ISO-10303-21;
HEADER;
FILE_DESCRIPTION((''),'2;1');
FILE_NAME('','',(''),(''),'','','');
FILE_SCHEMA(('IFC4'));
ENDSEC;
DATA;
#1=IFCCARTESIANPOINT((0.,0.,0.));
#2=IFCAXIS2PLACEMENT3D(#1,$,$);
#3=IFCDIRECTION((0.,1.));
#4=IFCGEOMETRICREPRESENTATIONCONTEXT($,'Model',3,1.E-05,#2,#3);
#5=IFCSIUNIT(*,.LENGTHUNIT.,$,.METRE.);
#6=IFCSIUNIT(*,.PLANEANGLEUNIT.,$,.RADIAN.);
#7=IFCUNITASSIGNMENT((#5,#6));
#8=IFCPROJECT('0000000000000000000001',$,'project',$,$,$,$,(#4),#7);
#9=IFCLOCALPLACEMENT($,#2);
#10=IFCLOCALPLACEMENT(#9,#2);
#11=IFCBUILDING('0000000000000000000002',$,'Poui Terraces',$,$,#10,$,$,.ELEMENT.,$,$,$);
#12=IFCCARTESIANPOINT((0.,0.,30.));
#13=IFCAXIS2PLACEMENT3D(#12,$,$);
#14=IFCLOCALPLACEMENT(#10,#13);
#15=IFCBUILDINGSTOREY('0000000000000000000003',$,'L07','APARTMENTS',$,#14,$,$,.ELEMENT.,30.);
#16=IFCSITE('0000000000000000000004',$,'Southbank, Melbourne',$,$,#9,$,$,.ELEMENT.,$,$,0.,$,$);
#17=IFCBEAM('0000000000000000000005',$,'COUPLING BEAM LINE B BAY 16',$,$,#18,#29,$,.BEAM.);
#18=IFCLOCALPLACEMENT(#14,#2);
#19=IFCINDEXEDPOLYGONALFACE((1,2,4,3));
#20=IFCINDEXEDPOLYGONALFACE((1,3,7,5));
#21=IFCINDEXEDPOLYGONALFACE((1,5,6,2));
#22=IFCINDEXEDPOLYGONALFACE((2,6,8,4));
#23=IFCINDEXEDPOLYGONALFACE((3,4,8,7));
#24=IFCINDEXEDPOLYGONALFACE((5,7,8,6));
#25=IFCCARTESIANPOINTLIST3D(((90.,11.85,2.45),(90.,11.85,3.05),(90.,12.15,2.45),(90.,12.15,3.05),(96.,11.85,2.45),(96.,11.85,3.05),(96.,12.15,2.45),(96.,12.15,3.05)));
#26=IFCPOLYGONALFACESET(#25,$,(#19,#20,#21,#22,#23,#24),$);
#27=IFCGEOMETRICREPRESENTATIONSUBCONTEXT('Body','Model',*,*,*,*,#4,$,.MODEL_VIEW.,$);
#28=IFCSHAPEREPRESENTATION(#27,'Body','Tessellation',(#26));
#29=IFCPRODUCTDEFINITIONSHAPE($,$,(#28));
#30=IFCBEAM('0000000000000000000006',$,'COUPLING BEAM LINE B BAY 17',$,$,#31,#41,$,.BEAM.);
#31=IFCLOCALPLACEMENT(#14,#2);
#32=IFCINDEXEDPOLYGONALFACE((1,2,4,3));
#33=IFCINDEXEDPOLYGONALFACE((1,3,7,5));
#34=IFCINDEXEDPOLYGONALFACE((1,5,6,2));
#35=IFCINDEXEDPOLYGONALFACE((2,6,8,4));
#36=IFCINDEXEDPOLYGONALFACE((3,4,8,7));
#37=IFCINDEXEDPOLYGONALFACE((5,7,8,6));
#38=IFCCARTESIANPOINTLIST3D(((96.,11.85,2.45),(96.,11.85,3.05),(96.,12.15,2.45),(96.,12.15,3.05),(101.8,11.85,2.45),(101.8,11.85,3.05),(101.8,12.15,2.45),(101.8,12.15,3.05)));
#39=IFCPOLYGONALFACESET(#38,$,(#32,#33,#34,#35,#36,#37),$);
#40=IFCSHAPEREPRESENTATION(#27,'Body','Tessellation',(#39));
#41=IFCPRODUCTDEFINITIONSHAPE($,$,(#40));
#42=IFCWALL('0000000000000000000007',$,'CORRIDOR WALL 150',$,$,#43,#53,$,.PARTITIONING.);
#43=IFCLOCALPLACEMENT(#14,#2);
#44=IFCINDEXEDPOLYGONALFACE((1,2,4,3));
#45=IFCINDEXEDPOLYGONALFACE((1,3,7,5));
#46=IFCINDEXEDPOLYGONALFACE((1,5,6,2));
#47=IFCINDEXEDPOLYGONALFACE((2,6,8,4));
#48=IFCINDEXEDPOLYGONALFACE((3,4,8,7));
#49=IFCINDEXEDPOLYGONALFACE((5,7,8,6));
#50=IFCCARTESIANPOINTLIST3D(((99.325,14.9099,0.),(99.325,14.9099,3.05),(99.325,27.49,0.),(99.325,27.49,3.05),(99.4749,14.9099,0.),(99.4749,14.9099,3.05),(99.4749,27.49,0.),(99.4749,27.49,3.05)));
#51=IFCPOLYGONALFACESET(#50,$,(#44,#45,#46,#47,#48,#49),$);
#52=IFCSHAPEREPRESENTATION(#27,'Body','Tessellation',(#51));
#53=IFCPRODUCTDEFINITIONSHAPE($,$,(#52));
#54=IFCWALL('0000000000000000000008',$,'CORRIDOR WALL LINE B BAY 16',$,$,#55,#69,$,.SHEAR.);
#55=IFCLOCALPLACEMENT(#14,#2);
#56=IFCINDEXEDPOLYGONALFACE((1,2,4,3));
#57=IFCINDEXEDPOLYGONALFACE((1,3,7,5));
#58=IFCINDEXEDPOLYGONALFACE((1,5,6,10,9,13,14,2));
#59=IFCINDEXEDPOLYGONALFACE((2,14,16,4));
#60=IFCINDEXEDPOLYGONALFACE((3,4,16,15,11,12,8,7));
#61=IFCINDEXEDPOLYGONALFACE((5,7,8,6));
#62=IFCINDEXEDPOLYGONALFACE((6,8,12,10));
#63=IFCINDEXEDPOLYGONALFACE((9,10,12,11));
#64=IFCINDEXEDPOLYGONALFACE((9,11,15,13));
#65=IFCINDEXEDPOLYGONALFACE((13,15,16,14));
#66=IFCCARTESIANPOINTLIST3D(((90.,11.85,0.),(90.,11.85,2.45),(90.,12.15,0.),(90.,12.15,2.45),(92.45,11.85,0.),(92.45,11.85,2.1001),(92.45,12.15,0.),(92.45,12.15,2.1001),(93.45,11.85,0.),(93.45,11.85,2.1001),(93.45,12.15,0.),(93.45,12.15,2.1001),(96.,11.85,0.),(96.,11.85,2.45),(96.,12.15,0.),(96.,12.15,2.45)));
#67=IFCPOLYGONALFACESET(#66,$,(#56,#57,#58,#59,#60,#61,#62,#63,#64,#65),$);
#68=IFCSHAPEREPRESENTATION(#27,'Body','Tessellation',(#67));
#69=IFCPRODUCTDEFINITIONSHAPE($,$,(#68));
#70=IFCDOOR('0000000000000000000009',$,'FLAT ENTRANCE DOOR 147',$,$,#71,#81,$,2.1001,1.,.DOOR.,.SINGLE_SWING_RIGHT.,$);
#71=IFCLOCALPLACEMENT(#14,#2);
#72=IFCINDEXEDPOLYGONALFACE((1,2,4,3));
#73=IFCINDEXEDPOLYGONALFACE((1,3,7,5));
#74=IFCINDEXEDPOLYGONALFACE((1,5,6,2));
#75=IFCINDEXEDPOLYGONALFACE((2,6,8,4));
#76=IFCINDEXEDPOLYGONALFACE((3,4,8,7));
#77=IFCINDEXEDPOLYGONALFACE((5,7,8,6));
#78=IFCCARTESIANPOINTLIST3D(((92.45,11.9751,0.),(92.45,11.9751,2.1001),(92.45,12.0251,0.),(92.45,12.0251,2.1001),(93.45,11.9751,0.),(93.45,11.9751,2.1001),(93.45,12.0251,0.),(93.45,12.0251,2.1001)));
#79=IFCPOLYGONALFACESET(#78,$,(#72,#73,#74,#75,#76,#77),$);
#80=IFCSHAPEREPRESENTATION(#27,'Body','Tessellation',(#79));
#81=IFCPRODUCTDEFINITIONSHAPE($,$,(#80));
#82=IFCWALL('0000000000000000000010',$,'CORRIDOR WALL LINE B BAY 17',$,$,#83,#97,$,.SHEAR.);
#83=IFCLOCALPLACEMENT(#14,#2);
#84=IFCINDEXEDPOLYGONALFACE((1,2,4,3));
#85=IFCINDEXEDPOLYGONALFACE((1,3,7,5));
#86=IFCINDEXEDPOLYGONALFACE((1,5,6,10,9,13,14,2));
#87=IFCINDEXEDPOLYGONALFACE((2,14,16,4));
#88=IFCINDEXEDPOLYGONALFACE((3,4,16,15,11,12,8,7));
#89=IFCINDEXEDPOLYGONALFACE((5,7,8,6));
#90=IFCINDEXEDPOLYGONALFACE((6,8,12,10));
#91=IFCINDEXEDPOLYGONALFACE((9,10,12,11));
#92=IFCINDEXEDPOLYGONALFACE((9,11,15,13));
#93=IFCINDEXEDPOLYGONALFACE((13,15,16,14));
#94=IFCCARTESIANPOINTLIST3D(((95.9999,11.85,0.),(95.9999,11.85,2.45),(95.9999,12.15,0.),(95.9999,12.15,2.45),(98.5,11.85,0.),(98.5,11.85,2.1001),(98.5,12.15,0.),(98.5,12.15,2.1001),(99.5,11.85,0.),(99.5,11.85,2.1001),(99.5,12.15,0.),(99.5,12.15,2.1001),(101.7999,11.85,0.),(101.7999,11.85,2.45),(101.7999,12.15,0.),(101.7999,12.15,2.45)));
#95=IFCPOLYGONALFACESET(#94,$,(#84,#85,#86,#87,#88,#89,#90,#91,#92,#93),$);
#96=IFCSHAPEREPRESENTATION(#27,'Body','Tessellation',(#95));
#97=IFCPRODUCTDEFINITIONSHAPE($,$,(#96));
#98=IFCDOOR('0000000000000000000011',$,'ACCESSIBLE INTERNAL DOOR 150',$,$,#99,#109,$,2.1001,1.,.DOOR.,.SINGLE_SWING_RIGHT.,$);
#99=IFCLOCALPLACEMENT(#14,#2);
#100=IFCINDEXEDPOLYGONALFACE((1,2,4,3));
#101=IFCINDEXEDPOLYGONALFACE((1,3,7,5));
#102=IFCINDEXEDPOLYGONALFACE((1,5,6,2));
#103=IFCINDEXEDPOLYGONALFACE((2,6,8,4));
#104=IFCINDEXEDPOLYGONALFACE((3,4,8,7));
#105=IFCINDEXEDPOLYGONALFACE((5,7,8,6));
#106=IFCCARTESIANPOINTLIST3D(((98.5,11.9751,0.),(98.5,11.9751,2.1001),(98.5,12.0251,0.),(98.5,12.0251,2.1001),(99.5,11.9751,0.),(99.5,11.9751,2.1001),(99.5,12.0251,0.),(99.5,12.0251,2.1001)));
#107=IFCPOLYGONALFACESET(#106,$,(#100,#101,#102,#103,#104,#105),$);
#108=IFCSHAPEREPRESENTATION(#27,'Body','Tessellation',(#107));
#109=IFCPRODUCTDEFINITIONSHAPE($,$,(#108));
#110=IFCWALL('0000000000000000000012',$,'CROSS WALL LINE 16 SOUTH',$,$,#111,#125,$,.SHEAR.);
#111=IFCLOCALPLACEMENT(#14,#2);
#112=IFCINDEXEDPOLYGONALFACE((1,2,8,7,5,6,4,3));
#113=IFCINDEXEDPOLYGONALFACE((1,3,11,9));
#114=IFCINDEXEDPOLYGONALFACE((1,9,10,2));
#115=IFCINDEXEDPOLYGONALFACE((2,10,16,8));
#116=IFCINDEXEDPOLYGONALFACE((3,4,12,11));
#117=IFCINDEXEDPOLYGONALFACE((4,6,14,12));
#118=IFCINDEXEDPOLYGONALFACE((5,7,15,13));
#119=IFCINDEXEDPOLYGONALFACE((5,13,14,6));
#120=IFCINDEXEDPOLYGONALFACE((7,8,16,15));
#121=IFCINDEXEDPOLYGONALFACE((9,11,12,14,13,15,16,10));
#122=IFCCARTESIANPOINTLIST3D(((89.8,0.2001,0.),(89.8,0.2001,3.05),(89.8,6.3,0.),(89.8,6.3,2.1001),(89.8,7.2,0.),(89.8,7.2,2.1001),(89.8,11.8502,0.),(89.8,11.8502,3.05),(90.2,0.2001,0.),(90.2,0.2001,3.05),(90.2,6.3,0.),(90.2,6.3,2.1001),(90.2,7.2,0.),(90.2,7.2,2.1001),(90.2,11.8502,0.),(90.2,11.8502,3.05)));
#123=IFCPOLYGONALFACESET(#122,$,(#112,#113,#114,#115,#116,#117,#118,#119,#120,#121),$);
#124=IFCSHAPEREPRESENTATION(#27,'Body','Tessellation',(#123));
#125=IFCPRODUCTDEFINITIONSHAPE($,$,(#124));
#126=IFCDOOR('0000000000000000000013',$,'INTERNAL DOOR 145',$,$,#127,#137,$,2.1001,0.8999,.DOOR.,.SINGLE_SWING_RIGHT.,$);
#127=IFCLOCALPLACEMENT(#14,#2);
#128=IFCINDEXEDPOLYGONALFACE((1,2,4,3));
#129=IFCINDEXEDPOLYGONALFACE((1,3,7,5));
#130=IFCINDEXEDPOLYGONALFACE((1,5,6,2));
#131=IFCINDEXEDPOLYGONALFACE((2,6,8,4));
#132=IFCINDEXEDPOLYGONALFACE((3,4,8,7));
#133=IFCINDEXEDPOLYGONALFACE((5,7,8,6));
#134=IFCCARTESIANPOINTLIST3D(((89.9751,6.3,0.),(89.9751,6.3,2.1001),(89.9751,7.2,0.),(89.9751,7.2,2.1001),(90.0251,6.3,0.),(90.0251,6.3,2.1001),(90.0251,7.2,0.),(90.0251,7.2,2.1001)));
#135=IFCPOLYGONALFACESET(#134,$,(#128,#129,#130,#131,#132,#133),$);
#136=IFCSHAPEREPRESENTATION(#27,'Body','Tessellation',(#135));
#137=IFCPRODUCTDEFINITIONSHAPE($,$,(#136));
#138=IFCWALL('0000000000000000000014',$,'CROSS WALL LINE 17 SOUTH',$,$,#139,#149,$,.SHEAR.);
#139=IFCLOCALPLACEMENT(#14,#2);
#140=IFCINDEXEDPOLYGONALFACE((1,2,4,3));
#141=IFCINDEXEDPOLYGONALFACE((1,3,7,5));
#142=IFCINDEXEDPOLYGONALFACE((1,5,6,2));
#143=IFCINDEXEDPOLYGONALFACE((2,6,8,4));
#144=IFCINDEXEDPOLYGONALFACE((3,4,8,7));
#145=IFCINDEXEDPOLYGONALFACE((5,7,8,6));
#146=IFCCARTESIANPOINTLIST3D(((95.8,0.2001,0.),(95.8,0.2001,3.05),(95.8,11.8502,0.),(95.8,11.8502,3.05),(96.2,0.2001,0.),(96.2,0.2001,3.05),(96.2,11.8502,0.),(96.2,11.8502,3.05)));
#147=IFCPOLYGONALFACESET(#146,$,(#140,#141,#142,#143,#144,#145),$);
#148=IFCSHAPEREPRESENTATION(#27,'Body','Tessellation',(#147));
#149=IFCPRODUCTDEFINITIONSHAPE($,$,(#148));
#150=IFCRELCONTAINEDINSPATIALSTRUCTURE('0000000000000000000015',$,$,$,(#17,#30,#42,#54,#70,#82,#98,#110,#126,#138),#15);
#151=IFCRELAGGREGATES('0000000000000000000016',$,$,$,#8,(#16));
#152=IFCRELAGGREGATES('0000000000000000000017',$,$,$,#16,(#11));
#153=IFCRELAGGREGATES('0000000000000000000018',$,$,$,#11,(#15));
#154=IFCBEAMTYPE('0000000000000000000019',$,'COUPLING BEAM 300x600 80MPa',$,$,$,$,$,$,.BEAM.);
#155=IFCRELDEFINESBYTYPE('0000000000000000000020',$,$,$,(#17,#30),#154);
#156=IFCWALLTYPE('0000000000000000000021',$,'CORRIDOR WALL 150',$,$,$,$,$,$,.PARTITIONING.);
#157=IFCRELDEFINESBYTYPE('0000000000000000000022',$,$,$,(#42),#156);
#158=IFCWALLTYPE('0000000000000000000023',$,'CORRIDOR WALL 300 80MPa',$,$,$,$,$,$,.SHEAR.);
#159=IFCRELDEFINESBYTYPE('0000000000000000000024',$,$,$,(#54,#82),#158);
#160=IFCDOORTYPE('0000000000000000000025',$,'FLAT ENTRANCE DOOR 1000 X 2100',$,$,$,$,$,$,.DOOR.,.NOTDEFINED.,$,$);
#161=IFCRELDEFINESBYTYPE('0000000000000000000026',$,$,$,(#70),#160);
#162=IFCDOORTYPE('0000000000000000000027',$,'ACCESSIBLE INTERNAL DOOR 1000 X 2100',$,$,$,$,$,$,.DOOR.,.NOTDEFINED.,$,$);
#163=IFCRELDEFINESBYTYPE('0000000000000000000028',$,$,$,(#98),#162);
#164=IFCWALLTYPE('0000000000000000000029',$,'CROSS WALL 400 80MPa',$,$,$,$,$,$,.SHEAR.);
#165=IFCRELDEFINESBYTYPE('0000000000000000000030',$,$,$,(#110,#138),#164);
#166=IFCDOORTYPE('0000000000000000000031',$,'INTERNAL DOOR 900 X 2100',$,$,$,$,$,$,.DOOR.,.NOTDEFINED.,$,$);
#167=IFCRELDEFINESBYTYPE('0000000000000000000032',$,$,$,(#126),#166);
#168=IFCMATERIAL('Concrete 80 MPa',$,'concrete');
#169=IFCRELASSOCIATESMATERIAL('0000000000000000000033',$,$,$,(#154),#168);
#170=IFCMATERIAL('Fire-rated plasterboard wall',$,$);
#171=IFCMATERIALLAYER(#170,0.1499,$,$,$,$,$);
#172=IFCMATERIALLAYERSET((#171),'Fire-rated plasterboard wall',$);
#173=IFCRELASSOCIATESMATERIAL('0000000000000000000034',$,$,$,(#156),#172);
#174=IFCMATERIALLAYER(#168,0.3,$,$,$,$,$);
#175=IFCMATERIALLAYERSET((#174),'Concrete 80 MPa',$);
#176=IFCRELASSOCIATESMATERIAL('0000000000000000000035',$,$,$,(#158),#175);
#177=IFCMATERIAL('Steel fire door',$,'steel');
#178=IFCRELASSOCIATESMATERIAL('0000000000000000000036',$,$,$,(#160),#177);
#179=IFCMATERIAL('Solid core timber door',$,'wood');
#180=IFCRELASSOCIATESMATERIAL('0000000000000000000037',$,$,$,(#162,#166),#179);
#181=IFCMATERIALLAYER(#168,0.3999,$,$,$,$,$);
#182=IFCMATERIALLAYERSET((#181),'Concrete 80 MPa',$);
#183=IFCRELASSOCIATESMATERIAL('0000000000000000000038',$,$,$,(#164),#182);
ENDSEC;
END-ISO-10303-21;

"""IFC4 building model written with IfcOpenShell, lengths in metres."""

from ifc_helpers import new_model, si_unit, direction, frame, frame_2d, origin, origin_2d, place, context, subcontext, project, spatial, rectangle, extrude, source, transform, mapped, material, layer, layer_set, material_profile, profile_set, type_object, element, fill, save


model = new_model("IFC4")

# Units and contexts
model_context = context("Model", 3, precision=1e-05, world=origin(), true_north=direction((0.0, 1.0)))
body_context = subcontext(model_context, "Body", "Model", "MODEL_VIEW")
ifc_project = project(units=[si_unit("LENGTHUNIT", "METRE"), si_unit("PLANEANGLEUNIT", "RADIAN")], contexts=[model_context])

# Site, building, storey
site_placement = place(None, origin())
site = spatial("IfcSite", under=ifc_project, at=site_placement, Name="Southbank, Melbourne", CompositionType="ELEMENT", RefElevation=0.0)
building_placement = place(site_placement, origin())
building = spatial("IfcBuilding", under=site, at=building_placement, Name="Poui Terraces", CompositionType="ELEMENT")
storey_placement = place(building_placement, frame((0.0, 0.0, 30.0)))
storey = spatial("IfcBuildingStorey", under=building, at=storey_placement, Name="L07", Description="APARTMENTS", CompositionType="ELEMENT", Elevation=30.0)

# Beams
ifc_material_1 = material(Name="Concrete 80 MPa", Category="concrete")
ifc_material_profile = material_profile(ifc_material_1, rectangle(XDim=0.3, YDim=0.6001, at=origin_2d()), Name="RC 300x600")
ifc_profile_set = profile_set([ifc_material_profile], Name="Concrete 80 MPa")
beam_type = type_object("IfcBeamType", Name="COUPLING BEAM 300x600 80MPa", PredefinedType="BEAM", material=ifc_profile_set)
shared_shape_1 = source(origin(), body_context, "Body", "SweptSolid", [
    extrude(rectangle(XDim=0.3, YDim=0.6001, at=origin_2d()), origin(), (0.0, 0.0, 1.0), 6.0),
])
beam_1_placement = place(storey_placement, frame((90.0, 12.0, 2.75), z_axis=(1.0, 0.0, 0.0), x_axis=(0.0, 1.0, 0.0)))
element("IfcBeam", 1, at=beam_1_placement, inside=storey, type_object=beam_type, Name="COUPLING BEAM LINE B BAY 16", PredefinedType="BEAM", context=body_context, shape_type="MappedRepresentation", body=[
    mapped(shared_shape_1, transform((0.0, 0.0, 0.0))),
])
shared_shape_2 = source(origin(), body_context, "Body", "SweptSolid", [
    extrude(rectangle(XDim=0.3, YDim=0.6001, at=origin_2d()), origin(), (0.0, 0.0, 1.0), 5.8),
])
beam_2_placement = place(storey_placement, frame((96.0, 12.0, 2.75), z_axis=(1.0, 0.0, 0.0), x_axis=(0.0, 1.0, 0.0)))
element("IfcBeam", 2, at=beam_2_placement, inside=storey, type_object=beam_type, Name="COUPLING BEAM LINE B BAY 17", PredefinedType="BEAM", context=body_context, shape_type="MappedRepresentation", body=[
    mapped(shared_shape_2, transform((0.0, 0.0, 0.0))),
])

# Wall
ifc_material_2 = material(Name="Fire-rated plasterboard wall")
ifc_layer_1 = layer(ifc_material_2, 0.1499)
ifc_layer_set_1 = layer_set([ifc_layer_1], Name="Fire-rated plasterboard wall")
wall_type_1 = type_object("IfcWallType", Name="CORRIDOR WALL 150", PredefinedType="PARTITIONING", material=ifc_layer_set_1)
wall_1_placement = place(storey_placement, frame((99.3999, 14.9099, 0.0), z_axis=(0.0, 0.0, 1.0), x_axis=(0.0, 1.0, 0.0)))
element("IfcWall", 3, at=wall_1_placement, inside=storey, type_object=wall_type_1, Name="CORRIDOR WALL 150", PredefinedType="PARTITIONING", context=body_context, shape_type="SweptSolid", body=[
    extrude(rectangle(XDim=12.5801, YDim=0.1499, at=frame_2d((6.29, 0.0))), origin(), (0.0, 0.0, 1.0), 3.05),
])

# Walls, openings, doors
ifc_layer_2 = layer(ifc_material_1, 0.3)
ifc_layer_set_2 = layer_set([ifc_layer_2], Name="Concrete 80 MPa")
wall_type_2 = type_object("IfcWallType", Name="CORRIDOR WALL 300 80MPa", PredefinedType="SHEAR", material=ifc_layer_set_2)
wall_2_placement = place(storey_placement, frame((90.0, 12.0, 0.0), z_axis=(0.0, 0.0, 1.0), x_axis=(1.0, 0.0, 0.0)))
wall_2 = element("IfcWall", 4, at=wall_2_placement, inside=storey, type_object=wall_type_2, Name="CORRIDOR WALL LINE B BAY 16", PredefinedType="SHEAR", context=body_context, shape_type="SweptSolid", body=[
    extrude(rectangle(XDim=6.0, YDim=0.3, at=frame_2d((3.0, 0.0))), origin(), (0.0, 0.0, 1.0), 2.45),
])
opening_1_placement = place(wall_2_placement, frame((2.45, 0.0, 0.0)))
opening_1 = element("IfcOpeningElement", 5, at=opening_1_placement, cuts=wall_2, PredefinedType="OPENING", context=body_context, shape_type="SweptSolid", body=[
    extrude(rectangle(XDim=1.0, YDim=2.1001, at=frame_2d((0.5, 1.05))), frame((0.0, 0.1602, 0.0), z_axis=(0.0, -1.0, 0.0), x_axis=(1.0, 0.0, 0.0)), (0.0, 0.0, 1.0), 0.3201),
])
ifc_material_3 = material(Name="Steel fire door", Category="steel")
door_type_1 = type_object("IfcDoorType", Name="FLAT ENTRANCE DOOR 1000 X 2100", OperationType="NOTDEFINED", PredefinedType="DOOR", material=ifc_material_3)
door_1_placement = place(opening_1_placement, frame((1.0, 0.0, 0.0), z_axis=(0.0, 0.0, 1.0), x_axis=(-1.0, 0.0, 0.0)))
door_1 = element("IfcDoor", 6, at=door_1_placement, inside=storey, type_object=door_type_1, Name="FLAT ENTRANCE DOOR 147", OperationType="SINGLE_SWING_RIGHT", OverallHeight=2.1001, OverallWidth=1.0, PredefinedType="DOOR", context=body_context, shape_type="SweptSolid", body=[
    extrude(rectangle(XDim=1.0, YDim=2.1001, at=frame_2d((0.5, 1.05))), frame((0.0, 0.0249, 0.0), z_axis=(0.0, -1.0, 0.0), x_axis=(1.0, 0.0, 0.0)), (0.0, 0.0, 1.0), 0.05),
])
fill(opening_1, door_1)
wall_3_placement = place(storey_placement, frame((96.0, 12.0, 0.0), z_axis=(0.0, 0.0, 1.0), x_axis=(1.0, 0.0, 0.0)))
wall_3 = element("IfcWall", 7, at=wall_3_placement, inside=storey, type_object=wall_type_2, Name="CORRIDOR WALL LINE B BAY 17", PredefinedType="SHEAR", context=body_context, shape_type="SweptSolid", body=[
    extrude(rectangle(XDim=5.8, YDim=0.3, at=frame_2d((2.8999, 0.0))), origin(), (0.0, 0.0, 1.0), 2.45),
])
opening_2_placement = place(wall_3_placement, frame((2.5, 0.0, 0.0)))
opening_2 = element("IfcOpeningElement", 8, at=opening_2_placement, cuts=wall_3, PredefinedType="OPENING", context=body_context, shape_type="SweptSolid", body=[
    extrude(rectangle(XDim=1.0, YDim=2.1001, at=frame_2d((0.5, 1.05))), frame((0.0, 0.1602, 0.0), z_axis=(0.0, -1.0, 0.0), x_axis=(1.0, 0.0, 0.0)), (0.0, 0.0, 1.0), 0.3201),
])
ifc_material_4 = material(Name="Solid core timber door", Category="wood")
door_type_2 = type_object("IfcDoorType", Name="ACCESSIBLE INTERNAL DOOR 1000 X 2100", OperationType="NOTDEFINED", PredefinedType="DOOR", material=ifc_material_4)
door_2_placement = place(opening_2_placement, frame((1.0, 0.0, 0.0), z_axis=(0.0, 0.0, 1.0), x_axis=(-1.0, 0.0, 0.0)))
door_2 = element("IfcDoor", 9, at=door_2_placement, inside=storey, type_object=door_type_2, Name="ACCESSIBLE INTERNAL DOOR 150", OperationType="SINGLE_SWING_RIGHT", OverallHeight=2.1001, OverallWidth=1.0, PredefinedType="DOOR", context=body_context, shape_type="SweptSolid", body=[
    extrude(rectangle(XDim=1.0, YDim=2.1001, at=frame_2d((0.5, 1.05))), frame((0.0, 0.0249, 0.0), z_axis=(0.0, -1.0, 0.0), x_axis=(1.0, 0.0, 0.0)), (0.0, 0.0, 1.0), 0.05),
])
fill(opening_2, door_2)
ifc_layer_3 = layer(ifc_material_1, 0.3999)
ifc_layer_set_3 = layer_set([ifc_layer_3], Name="Concrete 80 MPa")
wall_type_3 = type_object("IfcWallType", Name="CROSS WALL 400 80MPa", PredefinedType="SHEAR", material=ifc_layer_set_3)
wall_4_placement = place(storey_placement, frame((90.0, 0.2, 0.0), z_axis=(0.0, 0.0, 1.0), x_axis=(0.0, 1.0, 0.0)))
wall_4 = element("IfcWall", 10, at=wall_4_placement, inside=storey, type_object=wall_type_3, Name="CROSS WALL LINE 16 SOUTH", PredefinedType="SHEAR", context=body_context, shape_type="SweptSolid", body=[
    extrude(rectangle(XDim=11.6501, YDim=0.3999, at=frame_2d((5.8252, 0.0))), origin(), (0.0, 0.0, 1.0), 3.05),
])
opening_3_placement = place(wall_4_placement, frame((6.1001, 0.0, 0.0)))
opening_3 = element("IfcOpeningElement", 11, at=opening_3_placement, cuts=wall_4, PredefinedType="OPENING", context=body_context, shape_type="SweptSolid", body=[
    extrude(rectangle(XDim=0.8999, YDim=2.1001, at=frame_2d((0.45, 1.05))), frame((0.0, 0.21, 0.0), z_axis=(0.0, -1.0, 0.0), x_axis=(1.0, 0.0, 0.0)), (0.0, 0.0, 1.0), 0.4199),
])
door_type_3 = type_object("IfcDoorType", Name="INTERNAL DOOR 900 X 2100", OperationType="NOTDEFINED", PredefinedType="DOOR", material=ifc_material_4)
door_3_placement = place(opening_3_placement, origin())
door_3 = element("IfcDoor", 12, at=door_3_placement, inside=storey, type_object=door_type_3, Name="INTERNAL DOOR 145", OperationType="SINGLE_SWING_RIGHT", OverallHeight=2.1001, OverallWidth=0.8999, PredefinedType="DOOR", context=body_context, shape_type="SweptSolid", body=[
    extrude(rectangle(XDim=0.8999, YDim=2.1001, at=frame_2d((0.45, 1.05))), frame((0.0, 0.0249, 0.0), z_axis=(0.0, -1.0, 0.0), x_axis=(1.0, 0.0, 0.0)), (0.0, 0.0, 1.0), 0.05),
])
fill(opening_3, door_3)

# Wall
wall_5_placement = place(storey_placement, frame((96.0, 0.2, 0.0), z_axis=(0.0, 0.0, 1.0), x_axis=(0.0, 1.0, 0.0)))
element("IfcWall", 13, at=wall_5_placement, inside=storey, type_object=wall_type_3, Name="CROSS WALL LINE 17 SOUTH", PredefinedType="SHEAR", context=body_context, shape_type="SweptSolid", body=[
    extrude(rectangle(XDim=11.6501, YDim=0.3999, at=frame_2d((5.8252, 0.0))), origin(), (0.0, 0.0, 1.0), 3.05),
])

save(model, "model.ifc")
